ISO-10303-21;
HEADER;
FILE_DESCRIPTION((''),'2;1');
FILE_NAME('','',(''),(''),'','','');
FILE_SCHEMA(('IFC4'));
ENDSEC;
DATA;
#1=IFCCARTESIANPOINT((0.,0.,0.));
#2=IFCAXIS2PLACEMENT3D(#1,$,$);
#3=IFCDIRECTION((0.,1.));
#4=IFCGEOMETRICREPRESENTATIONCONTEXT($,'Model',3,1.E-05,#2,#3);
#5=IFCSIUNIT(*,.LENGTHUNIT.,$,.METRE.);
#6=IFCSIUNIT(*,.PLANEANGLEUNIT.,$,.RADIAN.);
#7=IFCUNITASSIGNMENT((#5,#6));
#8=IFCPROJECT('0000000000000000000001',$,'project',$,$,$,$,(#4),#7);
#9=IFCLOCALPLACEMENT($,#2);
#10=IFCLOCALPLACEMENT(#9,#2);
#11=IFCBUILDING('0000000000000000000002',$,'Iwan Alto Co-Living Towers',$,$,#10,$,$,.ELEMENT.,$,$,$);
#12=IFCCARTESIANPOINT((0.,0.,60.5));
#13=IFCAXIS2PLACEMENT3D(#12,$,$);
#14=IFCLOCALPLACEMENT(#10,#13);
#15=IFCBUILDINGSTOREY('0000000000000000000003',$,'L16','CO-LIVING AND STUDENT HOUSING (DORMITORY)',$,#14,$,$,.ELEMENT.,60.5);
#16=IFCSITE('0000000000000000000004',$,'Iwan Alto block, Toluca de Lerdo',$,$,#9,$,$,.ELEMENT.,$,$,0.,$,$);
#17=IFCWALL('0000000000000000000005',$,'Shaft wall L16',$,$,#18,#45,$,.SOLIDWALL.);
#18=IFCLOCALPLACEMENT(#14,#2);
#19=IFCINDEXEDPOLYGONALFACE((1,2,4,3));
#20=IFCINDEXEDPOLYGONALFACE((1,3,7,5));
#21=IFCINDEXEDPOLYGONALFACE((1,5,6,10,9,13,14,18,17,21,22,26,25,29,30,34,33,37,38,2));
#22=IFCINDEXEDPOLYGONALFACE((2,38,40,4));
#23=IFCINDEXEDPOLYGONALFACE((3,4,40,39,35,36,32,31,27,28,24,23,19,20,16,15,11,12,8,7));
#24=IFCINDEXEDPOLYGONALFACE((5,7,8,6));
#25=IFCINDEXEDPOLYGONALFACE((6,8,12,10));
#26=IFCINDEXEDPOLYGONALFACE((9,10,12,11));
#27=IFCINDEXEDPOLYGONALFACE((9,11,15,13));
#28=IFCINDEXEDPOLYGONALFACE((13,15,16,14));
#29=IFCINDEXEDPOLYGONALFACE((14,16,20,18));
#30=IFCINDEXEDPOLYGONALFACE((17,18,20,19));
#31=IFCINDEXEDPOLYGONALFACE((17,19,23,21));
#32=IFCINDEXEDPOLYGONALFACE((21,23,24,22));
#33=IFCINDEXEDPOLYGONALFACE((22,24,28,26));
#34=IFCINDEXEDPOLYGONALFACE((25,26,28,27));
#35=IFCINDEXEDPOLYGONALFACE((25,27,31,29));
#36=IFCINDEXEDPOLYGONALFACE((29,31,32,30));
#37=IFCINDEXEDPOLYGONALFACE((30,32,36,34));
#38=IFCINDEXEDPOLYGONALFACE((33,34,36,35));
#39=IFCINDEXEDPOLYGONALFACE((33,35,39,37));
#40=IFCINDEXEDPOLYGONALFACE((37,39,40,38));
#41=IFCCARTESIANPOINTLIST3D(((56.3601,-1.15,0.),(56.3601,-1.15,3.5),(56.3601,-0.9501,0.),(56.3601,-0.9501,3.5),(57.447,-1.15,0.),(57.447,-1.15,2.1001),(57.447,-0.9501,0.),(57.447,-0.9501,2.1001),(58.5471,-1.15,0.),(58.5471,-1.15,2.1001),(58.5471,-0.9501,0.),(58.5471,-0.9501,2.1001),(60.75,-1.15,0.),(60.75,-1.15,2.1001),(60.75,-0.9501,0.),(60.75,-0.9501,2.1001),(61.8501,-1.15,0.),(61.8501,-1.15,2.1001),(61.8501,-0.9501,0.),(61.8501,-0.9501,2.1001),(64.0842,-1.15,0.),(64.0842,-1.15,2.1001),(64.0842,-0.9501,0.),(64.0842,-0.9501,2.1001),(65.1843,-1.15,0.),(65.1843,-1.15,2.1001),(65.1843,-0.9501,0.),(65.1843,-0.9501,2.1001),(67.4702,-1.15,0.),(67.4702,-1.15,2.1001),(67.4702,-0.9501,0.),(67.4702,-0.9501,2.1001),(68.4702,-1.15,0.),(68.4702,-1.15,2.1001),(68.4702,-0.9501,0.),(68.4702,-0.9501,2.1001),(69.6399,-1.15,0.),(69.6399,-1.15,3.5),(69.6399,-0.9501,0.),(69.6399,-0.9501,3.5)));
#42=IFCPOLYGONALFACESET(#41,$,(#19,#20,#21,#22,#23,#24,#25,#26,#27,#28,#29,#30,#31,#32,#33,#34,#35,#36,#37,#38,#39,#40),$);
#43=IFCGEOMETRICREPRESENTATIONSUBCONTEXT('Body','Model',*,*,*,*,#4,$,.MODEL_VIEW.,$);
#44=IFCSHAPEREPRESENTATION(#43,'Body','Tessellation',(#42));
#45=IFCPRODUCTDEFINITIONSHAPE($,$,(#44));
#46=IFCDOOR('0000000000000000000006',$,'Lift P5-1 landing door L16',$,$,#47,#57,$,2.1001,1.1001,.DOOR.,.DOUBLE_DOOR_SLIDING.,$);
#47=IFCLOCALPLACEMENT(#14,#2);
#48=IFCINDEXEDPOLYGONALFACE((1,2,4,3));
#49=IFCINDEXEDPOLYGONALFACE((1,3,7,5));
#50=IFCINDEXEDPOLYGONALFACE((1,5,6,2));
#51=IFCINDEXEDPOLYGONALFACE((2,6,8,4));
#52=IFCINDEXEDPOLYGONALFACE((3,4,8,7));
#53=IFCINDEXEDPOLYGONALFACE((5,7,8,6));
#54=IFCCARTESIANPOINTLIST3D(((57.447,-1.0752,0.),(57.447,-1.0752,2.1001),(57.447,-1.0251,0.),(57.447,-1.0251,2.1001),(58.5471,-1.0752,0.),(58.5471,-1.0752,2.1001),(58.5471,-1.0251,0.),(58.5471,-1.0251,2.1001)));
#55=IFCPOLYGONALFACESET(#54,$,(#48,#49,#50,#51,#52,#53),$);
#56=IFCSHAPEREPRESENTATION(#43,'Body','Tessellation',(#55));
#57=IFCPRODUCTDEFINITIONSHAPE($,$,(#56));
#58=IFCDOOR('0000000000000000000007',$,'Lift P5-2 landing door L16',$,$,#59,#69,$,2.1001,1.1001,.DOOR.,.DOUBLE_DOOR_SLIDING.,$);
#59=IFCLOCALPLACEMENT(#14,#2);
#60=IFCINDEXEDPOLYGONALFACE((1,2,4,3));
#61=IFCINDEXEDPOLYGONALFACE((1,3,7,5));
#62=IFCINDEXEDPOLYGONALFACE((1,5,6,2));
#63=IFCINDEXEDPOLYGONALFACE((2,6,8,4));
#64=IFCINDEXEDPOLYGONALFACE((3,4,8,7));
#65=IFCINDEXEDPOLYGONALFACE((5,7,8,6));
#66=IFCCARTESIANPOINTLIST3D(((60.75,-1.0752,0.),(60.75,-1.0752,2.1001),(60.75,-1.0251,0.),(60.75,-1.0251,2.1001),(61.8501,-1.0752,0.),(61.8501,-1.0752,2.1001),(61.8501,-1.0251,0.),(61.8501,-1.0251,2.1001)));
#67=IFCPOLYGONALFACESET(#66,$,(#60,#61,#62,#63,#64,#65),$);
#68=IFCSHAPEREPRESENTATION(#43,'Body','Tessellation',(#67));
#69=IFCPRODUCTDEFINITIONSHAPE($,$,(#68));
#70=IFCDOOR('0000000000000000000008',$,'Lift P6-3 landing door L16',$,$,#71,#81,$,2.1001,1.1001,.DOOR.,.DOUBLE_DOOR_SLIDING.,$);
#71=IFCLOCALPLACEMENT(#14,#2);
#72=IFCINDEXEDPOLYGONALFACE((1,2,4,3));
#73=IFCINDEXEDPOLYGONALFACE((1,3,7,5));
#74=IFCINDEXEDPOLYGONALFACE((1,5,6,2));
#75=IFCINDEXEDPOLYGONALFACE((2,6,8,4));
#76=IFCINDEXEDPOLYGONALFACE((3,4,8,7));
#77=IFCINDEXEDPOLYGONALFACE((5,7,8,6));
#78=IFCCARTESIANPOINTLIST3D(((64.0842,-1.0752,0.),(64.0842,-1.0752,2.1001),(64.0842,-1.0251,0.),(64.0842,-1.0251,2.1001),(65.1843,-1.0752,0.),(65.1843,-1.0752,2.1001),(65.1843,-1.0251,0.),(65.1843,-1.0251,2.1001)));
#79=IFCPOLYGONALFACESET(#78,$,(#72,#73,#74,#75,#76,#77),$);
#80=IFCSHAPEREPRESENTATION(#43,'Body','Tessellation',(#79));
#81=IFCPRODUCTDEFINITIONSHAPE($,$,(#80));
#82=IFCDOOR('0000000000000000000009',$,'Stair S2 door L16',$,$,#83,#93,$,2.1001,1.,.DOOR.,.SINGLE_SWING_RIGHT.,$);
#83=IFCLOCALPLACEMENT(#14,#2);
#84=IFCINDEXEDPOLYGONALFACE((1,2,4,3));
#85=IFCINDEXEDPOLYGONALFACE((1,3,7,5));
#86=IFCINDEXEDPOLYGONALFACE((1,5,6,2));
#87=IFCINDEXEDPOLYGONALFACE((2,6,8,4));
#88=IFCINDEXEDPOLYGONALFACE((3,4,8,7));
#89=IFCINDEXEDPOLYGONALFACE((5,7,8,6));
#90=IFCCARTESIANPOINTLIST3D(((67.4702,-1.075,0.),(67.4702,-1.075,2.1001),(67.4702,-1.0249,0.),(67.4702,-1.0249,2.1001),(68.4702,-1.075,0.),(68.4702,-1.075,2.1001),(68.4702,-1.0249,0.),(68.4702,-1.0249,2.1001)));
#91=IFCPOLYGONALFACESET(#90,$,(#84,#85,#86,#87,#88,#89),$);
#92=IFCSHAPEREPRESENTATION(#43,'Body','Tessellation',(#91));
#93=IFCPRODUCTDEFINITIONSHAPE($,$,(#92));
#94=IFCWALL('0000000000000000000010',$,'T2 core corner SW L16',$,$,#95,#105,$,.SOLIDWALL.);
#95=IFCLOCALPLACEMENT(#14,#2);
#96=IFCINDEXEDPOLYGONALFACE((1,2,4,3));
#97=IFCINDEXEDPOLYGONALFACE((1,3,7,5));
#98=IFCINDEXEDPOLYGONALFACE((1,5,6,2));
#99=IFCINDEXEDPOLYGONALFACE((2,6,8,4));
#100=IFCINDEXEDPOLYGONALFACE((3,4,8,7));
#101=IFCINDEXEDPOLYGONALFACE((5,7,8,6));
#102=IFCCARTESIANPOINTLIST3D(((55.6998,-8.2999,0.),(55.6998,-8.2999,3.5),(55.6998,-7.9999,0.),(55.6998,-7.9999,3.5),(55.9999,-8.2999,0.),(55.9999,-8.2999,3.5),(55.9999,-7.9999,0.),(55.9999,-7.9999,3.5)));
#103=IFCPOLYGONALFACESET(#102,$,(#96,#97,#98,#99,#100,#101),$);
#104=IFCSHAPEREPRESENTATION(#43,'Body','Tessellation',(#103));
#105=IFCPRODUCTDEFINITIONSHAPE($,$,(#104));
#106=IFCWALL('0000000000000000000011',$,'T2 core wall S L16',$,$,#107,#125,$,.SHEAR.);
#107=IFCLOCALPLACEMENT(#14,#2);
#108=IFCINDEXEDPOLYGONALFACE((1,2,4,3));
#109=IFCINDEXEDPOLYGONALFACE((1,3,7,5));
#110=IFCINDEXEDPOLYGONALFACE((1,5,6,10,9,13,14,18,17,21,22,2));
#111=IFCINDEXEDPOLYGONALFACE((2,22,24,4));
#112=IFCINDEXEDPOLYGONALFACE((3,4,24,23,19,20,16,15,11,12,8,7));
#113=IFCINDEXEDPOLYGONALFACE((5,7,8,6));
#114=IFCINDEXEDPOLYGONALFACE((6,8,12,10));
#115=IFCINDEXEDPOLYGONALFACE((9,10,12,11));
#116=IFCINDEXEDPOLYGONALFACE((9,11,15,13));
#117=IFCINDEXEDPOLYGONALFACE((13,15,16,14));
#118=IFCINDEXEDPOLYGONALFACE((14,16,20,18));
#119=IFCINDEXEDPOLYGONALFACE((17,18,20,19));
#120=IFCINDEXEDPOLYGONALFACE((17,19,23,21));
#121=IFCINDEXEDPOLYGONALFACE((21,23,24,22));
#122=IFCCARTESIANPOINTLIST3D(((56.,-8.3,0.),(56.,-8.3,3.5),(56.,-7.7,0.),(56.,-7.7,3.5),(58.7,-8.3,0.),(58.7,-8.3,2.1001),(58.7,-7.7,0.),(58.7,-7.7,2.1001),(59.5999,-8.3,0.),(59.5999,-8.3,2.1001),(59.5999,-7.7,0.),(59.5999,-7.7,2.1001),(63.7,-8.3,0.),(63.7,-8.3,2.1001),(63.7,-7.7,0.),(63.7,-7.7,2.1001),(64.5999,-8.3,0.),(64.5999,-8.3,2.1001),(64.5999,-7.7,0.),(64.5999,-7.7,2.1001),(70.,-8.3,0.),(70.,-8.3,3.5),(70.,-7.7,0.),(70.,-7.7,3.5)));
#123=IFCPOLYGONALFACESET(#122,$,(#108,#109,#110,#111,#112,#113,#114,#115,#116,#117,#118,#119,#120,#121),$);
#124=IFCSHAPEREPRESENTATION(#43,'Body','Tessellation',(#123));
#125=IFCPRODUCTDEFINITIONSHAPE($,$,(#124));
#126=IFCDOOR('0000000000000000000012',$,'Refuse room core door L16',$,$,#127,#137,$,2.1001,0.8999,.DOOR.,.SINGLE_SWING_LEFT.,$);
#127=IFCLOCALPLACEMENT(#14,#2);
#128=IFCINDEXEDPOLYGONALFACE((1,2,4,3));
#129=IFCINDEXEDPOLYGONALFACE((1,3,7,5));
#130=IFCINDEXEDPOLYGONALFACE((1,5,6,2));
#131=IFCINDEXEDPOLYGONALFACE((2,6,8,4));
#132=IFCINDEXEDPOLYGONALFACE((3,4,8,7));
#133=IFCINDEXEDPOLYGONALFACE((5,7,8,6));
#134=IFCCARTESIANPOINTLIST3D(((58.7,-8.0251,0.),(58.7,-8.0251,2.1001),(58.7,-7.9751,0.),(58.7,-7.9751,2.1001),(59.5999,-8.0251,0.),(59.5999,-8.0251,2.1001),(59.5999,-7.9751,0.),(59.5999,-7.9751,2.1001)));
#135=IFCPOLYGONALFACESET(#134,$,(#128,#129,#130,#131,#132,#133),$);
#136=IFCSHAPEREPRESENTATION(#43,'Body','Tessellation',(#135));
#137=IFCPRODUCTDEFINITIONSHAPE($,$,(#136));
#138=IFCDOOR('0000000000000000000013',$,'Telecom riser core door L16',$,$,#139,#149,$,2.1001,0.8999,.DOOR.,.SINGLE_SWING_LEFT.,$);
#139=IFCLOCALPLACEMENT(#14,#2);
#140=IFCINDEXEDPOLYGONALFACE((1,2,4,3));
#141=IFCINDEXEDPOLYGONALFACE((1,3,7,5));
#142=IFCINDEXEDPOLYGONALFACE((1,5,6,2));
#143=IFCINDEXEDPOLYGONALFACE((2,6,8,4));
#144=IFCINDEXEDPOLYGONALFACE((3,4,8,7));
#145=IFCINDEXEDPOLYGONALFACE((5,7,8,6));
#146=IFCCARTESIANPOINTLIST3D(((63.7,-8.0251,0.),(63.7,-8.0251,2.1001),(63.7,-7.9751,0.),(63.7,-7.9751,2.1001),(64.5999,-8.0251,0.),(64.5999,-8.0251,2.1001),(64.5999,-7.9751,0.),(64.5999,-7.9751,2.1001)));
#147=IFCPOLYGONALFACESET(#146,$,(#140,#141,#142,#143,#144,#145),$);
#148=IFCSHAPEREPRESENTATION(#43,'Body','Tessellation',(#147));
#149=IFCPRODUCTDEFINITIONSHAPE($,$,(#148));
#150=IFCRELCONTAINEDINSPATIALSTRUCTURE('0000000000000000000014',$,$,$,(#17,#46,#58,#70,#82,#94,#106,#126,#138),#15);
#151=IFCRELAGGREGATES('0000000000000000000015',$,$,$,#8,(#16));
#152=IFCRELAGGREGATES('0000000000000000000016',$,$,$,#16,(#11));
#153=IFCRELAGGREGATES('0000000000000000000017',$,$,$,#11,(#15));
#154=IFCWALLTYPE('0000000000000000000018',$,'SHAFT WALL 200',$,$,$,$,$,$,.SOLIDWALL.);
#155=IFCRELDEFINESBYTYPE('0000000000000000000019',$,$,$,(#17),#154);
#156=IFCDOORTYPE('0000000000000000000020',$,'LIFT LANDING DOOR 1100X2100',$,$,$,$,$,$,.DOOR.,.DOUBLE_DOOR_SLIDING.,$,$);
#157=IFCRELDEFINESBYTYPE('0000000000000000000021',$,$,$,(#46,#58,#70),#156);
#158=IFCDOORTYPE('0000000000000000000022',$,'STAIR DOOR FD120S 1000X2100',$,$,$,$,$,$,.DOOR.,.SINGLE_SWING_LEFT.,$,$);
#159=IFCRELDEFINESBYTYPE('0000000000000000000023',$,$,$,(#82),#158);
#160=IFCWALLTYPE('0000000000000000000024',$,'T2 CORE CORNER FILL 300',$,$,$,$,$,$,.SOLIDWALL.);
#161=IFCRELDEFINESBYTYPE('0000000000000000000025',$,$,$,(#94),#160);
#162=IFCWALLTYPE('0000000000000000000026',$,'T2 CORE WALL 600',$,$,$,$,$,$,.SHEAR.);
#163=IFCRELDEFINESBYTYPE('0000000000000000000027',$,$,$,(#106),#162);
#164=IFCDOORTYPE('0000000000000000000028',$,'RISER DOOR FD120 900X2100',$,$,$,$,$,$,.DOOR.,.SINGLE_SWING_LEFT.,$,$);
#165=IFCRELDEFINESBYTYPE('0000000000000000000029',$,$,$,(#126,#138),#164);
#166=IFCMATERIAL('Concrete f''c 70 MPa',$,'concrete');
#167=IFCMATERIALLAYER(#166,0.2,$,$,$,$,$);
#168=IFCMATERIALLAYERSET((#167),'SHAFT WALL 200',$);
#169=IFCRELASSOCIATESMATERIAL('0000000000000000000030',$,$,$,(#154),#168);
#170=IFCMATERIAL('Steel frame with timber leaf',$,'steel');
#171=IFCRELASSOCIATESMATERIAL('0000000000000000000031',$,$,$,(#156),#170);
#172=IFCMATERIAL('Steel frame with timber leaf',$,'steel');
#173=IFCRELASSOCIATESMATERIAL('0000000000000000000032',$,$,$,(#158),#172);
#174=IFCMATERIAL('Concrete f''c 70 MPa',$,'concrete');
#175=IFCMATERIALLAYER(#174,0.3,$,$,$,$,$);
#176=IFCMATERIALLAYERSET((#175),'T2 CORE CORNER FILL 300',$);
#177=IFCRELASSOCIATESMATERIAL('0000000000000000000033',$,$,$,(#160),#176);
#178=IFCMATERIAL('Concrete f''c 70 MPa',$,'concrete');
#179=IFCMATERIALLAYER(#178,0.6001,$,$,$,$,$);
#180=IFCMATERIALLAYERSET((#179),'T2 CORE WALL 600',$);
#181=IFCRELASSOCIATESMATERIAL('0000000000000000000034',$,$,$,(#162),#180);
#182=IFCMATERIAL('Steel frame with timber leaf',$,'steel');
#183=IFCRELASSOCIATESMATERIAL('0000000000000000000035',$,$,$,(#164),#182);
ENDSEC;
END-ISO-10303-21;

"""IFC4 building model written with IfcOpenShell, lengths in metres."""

from ifc_helpers import new_model, si_unit, direction, frame, frame_2d, origin, place, context, subcontext, project, spatial, rectangle, extrude, material, layer, layer_set, type_object, element, fill, save


model = new_model("IFC4")

# Units and contexts
model_context = context("Model", 3, precision=1e-05, world=origin(), true_north=direction((0.0, 1.0)))
body_context = subcontext(model_context, "Body", "Model", "MODEL_VIEW")
ifc_project = project(units=[si_unit("LENGTHUNIT", "METRE"), si_unit("PLANEANGLEUNIT", "RADIAN")], contexts=[model_context])

# Site, building, storey
site_placement = place(None, origin())
site = spatial("IfcSite", under=ifc_project, at=site_placement, Name="Iwan Alto block, Toluca de Lerdo", CompositionType="ELEMENT", RefElevation=0.0)
building_placement = place(site_placement, origin())
building = spatial("IfcBuilding", under=site, at=building_placement, Name="Iwan Alto Co-Living Towers", CompositionType="ELEMENT")
storey_placement = place(building_placement, frame((0.0, 0.0, 60.5)))
storey = spatial("IfcBuildingStorey", under=building, at=storey_placement, Name="L16", Description="CO-LIVING AND STUDENT HOUSING (DORMITORY)", CompositionType="ELEMENT", Elevation=60.5)

# Shared definitions
ifc_material_1 = material(Name="Concrete f'c 70 MPa", Category="concrete")
ifc_layer_1 = layer(ifc_material_1, 0.2)
ifc_layer_set_1 = layer_set([ifc_layer_1], Name="SHAFT WALL 200")
wall_type_1 = type_object("IfcWallType", Name="SHAFT WALL 200", PredefinedType="SOLIDWALL", material=ifc_layer_set_1)

# Wall, openings, doors
wall_1_placement = place(storey_placement, frame((56.3601, -1.05, 0.0), z_axis=(0.0, 0.0, 1.0), x_axis=(1.0, 0.0, 0.0)))
wall_1 = element("IfcWall", 1, at=wall_1_placement, inside=storey, type_object=wall_type_1, Name="Shaft wall L16", PredefinedType="SOLIDWALL", context=body_context, shape_type="SweptSolid", body=[
    extrude(rectangle(XDim=13.2798, YDim=0.2, at=frame_2d((6.6399, 0.0))), origin(), (0.0, 0.0, 1.0), 3.5),
])
opening_1_placement = place(wall_1_placement, frame((11.1101, 0.0, 0.0)))
opening_1 = element("IfcOpeningElement", 2, at=opening_1_placement, cuts=wall_1, PredefinedType="OPENING", context=body_context, shape_type="SweptSolid", body=[
    extrude(rectangle(XDim=1.0, YDim=2.1001, at=frame_2d((0.5, 1.05))), frame((0.0, 0.1099, 0.0), z_axis=(0.0, -1.0, 0.0), x_axis=(1.0, 0.0, 0.0)), (0.0, 0.0, 1.0), 0.22),
])
opening_2_placement = place(wall_1_placement, frame((1.0869, 0.0, 0.0)))
opening_2 = element("IfcOpeningElement", 3, at=opening_2_placement, cuts=wall_1, PredefinedType="OPENING", context=body_context, shape_type="SweptSolid", body=[
    extrude(rectangle(XDim=1.1001, YDim=2.1001, at=frame_2d((0.55, 1.05))), frame((0.0, 0.1099, 0.0), z_axis=(0.0, -1.0, 0.0), x_axis=(1.0, 0.0, 0.0)), (0.0, 0.0, 1.0), 0.22),
])
opening_3_placement = place(wall_1_placement, frame((4.3899, 0.0, 0.0)))
opening_3 = element("IfcOpeningElement", 4, at=opening_3_placement, cuts=wall_1, PredefinedType="OPENING", context=body_context, shape_type="SweptSolid", body=[
    extrude(rectangle(XDim=1.1001, YDim=2.1001, at=frame_2d((0.55, 1.05))), frame((0.0, 0.1099, 0.0), z_axis=(0.0, -1.0, 0.0), x_axis=(1.0, 0.0, 0.0)), (0.0, 0.0, 1.0), 0.22),
])
opening_4_placement = place(wall_1_placement, frame((7.7241, 0.0, 0.0)))
opening_4 = element("IfcOpeningElement", 5, at=opening_4_placement, cuts=wall_1, PredefinedType="OPENING", context=body_context, shape_type="SweptSolid", body=[
    extrude(rectangle(XDim=1.1001, YDim=2.1001, at=frame_2d((0.55, 1.05))), frame((0.0, 0.1099, 0.0), z_axis=(0.0, -1.0, 0.0), x_axis=(1.0, 0.0, 0.0)), (0.0, 0.0, 1.0), 0.22),
])
ifc_material_2 = material(Name="Steel frame with timber leaf", Category="steel")
door_type_1 = type_object("IfcDoorType", Name="LIFT LANDING DOOR 1100X2100", OperationType="DOUBLE_DOOR_SLIDING", PredefinedType="DOOR", material=ifc_material_2)
door_1_placement = place(opening_2_placement, origin())
door_1 = element("IfcDoor", 6, at=door_1_placement, inside=storey, type_object=door_type_1, Name="Lift P5-1 landing door L16", OperationType="DOUBLE_DOOR_SLIDING", OverallHeight=2.1001, OverallWidth=1.1001, PredefinedType="DOOR", context=body_context, shape_type="SweptSolid", body=[
    extrude(rectangle(XDim=1.1001, YDim=2.1001, at=frame_2d((0.55, 1.05))), frame((0.0, 0.0249, 0.0), z_axis=(0.0, -1.0, 0.0), x_axis=(1.0, 0.0, 0.0)), (0.0, 0.0, 1.0), 0.05),
])
fill(opening_2, door_1)
door_2_placement = place(opening_3_placement, origin())
door_2 = element("IfcDoor", 7, at=door_2_placement, inside=storey, type_object=door_type_1, Name="Lift P5-2 landing door L16", OperationType="DOUBLE_DOOR_SLIDING", OverallHeight=2.1001, OverallWidth=1.1001, PredefinedType="DOOR", context=body_context, shape_type="SweptSolid", body=[
    extrude(rectangle(XDim=1.1001, YDim=2.1001, at=frame_2d((0.55, 1.05))), frame((0.0, 0.0249, 0.0), z_axis=(0.0, -1.0, 0.0), x_axis=(1.0, 0.0, 0.0)), (0.0, 0.0, 1.0), 0.05),
])
fill(opening_3, door_2)
door_3_placement = place(opening_4_placement, origin())
door_3 = element("IfcDoor", 8, at=door_3_placement, inside=storey, type_object=door_type_1, Name="Lift P6-3 landing door L16", OperationType="DOUBLE_DOOR_SLIDING", OverallHeight=2.1001, OverallWidth=1.1001, PredefinedType="DOOR", context=body_context, shape_type="SweptSolid", body=[
    extrude(rectangle(XDim=1.1001, YDim=2.1001, at=frame_2d((0.55, 1.05))), frame((0.0, 0.0249, 0.0), z_axis=(0.0, -1.0, 0.0), x_axis=(1.0, 0.0, 0.0)), (0.0, 0.0, 1.0), 0.05),
])
fill(opening_4, door_3)
ifc_material_3 = material(Name="Steel frame with timber leaf", Category="steel")
door_type_2 = type_object("IfcDoorType", Name="STAIR DOOR FD120S 1000X2100", OperationType="SINGLE_SWING_LEFT", PredefinedType="DOOR", material=ifc_material_3)
door_4_placement = place(opening_1_placement, frame((1.0, 0.0, 0.0), z_axis=(0.0, 0.0, 1.0), x_axis=(-1.0, 0.0, 0.0)))
door_4 = element("IfcDoor", 9, at=door_4_placement, inside=storey, type_object=door_type_2, Name="Stair S2 door L16", OperationType="SINGLE_SWING_RIGHT", OverallHeight=2.1001, OverallWidth=1.0, PredefinedType="DOOR", context=body_context, shape_type="SweptSolid", body=[
    extrude(rectangle(XDim=1.0, YDim=2.1001, at=frame_2d((0.5, 1.05))), frame((0.0, 0.0249, 0.0), z_axis=(0.0, -1.0, 0.0), x_axis=(1.0, 0.0, 0.0)), (0.0, 0.0, 1.0), 0.05),
])
fill(opening_1, door_4)

# Wall
ifc_material_4 = material(Name="Concrete f'c 70 MPa", Category="concrete")
ifc_layer_2 = layer(ifc_material_4, 0.3)
ifc_layer_set_2 = layer_set([ifc_layer_2], Name="T2 CORE CORNER FILL 300")
wall_type_2 = type_object("IfcWallType", Name="T2 CORE CORNER FILL 300", PredefinedType="SOLIDWALL", material=ifc_layer_set_2)
wall_2_placement = place(storey_placement, frame((55.7, -8.1499, 0.0), z_axis=(0.0, 0.0, 1.0), x_axis=(1.0, 0.0, 0.0)))
element("IfcWall", 10, at=wall_2_placement, inside=storey, type_object=wall_type_2, Name="T2 core corner SW L16", PredefinedType="SOLIDWALL", context=body_context, shape_type="SweptSolid", body=[
    extrude(rectangle(XDim=0.3, YDim=0.3, at=frame_2d((0.1499, 0.0))), origin(), (0.0, 0.0, 1.0), 3.5),
])

# Wall, openings, doors
ifc_material_5 = material(Name="Concrete f'c 70 MPa", Category="concrete")
ifc_layer_3 = layer(ifc_material_5, 0.6001)
ifc_layer_set_3 = layer_set([ifc_layer_3], Name="T2 CORE WALL 600")
wall_type_3 = type_object("IfcWallType", Name="T2 CORE WALL 600", PredefinedType="SHEAR", material=ifc_layer_set_3)
wall_3_placement = place(storey_placement, frame((56.0, -8.0, 0.0), z_axis=(0.0, 0.0, 1.0), x_axis=(1.0, 0.0, 0.0)))
wall_3 = element("IfcWall", 11, at=wall_3_placement, inside=storey, type_object=wall_type_3, Name="T2 core wall S L16", PredefinedType="SHEAR", context=body_context, shape_type="SweptSolid", body=[
    extrude(rectangle(XDim=14.0, YDim=0.6001, at=frame_2d((7.0, 0.0))), origin(), (0.0, 0.0, 1.0), 3.5),
])
opening_5_placement = place(wall_3_placement, frame((2.7, 0.0, 0.0)))
opening_5 = element("IfcOpeningElement", 12, at=opening_5_placement, cuts=wall_3, PredefinedType="OPENING", context=body_context, shape_type="SweptSolid", body=[
    extrude(rectangle(XDim=0.8999, YDim=2.1001, at=frame_2d((0.45, 1.05))), frame((0.0, 0.3101, 0.0), z_axis=(0.0, -1.0, 0.0), x_axis=(1.0, 0.0, 0.0)), (0.0, 0.0, 1.0), 0.6201),
])
opening_6_placement = place(wall_3_placement, frame((7.7, 0.0, 0.0)))
opening_6 = element("IfcOpeningElement", 13, at=opening_6_placement, cuts=wall_3, PredefinedType="OPENING", context=body_context, shape_type="SweptSolid", body=[
    extrude(rectangle(XDim=0.8999, YDim=2.1001, at=frame_2d((0.45, 1.05))), frame((0.0, 0.3101, 0.0), z_axis=(0.0, -1.0, 0.0), x_axis=(1.0, 0.0, 0.0)), (0.0, 0.0, 1.0), 0.6201),
])
ifc_material_6 = material(Name="Steel frame with timber leaf", Category="steel")
door_type_3 = type_object("IfcDoorType", Name="RISER DOOR FD120 900X2100", OperationType="SINGLE_SWING_LEFT", PredefinedType="DOOR", material=ifc_material_6)
door_5_placement = place(opening_5_placement, origin())
door_5 = element("IfcDoor", 14, at=door_5_placement, inside=storey, type_object=door_type_3, Name="Refuse room core door L16", OperationType="SINGLE_SWING_LEFT", OverallHeight=2.1001, OverallWidth=0.8999, PredefinedType="DOOR", context=body_context, shape_type="SweptSolid", body=[
    extrude(rectangle(XDim=0.8999, YDim=2.1001, at=frame_2d((0.45, 1.05))), frame((0.0, 0.0249, 0.0), z_axis=(0.0, -1.0, 0.0), x_axis=(1.0, 0.0, 0.0)), (0.0, 0.0, 1.0), 0.05),
])
fill(opening_5, door_5)
door_6_placement = place(opening_6_placement, origin())
door_6 = element("IfcDoor", 15, at=door_6_placement, inside=storey, type_object=door_type_3, Name="Telecom riser core door L16", OperationType="SINGLE_SWING_LEFT", OverallHeight=2.1001, OverallWidth=0.8999, PredefinedType="DOOR", context=body_context, shape_type="SweptSolid", body=[
    extrude(rectangle(XDim=0.8999, YDim=2.1001, at=frame_2d((0.45, 1.05))), frame((0.0, 0.0249, 0.0), z_axis=(0.0, -1.0, 0.0), x_axis=(1.0, 0.0, 0.0)), (0.0, 0.0, 1.0), 0.05),
])
fill(opening_6, door_6)

save(model, "model.ifc")
